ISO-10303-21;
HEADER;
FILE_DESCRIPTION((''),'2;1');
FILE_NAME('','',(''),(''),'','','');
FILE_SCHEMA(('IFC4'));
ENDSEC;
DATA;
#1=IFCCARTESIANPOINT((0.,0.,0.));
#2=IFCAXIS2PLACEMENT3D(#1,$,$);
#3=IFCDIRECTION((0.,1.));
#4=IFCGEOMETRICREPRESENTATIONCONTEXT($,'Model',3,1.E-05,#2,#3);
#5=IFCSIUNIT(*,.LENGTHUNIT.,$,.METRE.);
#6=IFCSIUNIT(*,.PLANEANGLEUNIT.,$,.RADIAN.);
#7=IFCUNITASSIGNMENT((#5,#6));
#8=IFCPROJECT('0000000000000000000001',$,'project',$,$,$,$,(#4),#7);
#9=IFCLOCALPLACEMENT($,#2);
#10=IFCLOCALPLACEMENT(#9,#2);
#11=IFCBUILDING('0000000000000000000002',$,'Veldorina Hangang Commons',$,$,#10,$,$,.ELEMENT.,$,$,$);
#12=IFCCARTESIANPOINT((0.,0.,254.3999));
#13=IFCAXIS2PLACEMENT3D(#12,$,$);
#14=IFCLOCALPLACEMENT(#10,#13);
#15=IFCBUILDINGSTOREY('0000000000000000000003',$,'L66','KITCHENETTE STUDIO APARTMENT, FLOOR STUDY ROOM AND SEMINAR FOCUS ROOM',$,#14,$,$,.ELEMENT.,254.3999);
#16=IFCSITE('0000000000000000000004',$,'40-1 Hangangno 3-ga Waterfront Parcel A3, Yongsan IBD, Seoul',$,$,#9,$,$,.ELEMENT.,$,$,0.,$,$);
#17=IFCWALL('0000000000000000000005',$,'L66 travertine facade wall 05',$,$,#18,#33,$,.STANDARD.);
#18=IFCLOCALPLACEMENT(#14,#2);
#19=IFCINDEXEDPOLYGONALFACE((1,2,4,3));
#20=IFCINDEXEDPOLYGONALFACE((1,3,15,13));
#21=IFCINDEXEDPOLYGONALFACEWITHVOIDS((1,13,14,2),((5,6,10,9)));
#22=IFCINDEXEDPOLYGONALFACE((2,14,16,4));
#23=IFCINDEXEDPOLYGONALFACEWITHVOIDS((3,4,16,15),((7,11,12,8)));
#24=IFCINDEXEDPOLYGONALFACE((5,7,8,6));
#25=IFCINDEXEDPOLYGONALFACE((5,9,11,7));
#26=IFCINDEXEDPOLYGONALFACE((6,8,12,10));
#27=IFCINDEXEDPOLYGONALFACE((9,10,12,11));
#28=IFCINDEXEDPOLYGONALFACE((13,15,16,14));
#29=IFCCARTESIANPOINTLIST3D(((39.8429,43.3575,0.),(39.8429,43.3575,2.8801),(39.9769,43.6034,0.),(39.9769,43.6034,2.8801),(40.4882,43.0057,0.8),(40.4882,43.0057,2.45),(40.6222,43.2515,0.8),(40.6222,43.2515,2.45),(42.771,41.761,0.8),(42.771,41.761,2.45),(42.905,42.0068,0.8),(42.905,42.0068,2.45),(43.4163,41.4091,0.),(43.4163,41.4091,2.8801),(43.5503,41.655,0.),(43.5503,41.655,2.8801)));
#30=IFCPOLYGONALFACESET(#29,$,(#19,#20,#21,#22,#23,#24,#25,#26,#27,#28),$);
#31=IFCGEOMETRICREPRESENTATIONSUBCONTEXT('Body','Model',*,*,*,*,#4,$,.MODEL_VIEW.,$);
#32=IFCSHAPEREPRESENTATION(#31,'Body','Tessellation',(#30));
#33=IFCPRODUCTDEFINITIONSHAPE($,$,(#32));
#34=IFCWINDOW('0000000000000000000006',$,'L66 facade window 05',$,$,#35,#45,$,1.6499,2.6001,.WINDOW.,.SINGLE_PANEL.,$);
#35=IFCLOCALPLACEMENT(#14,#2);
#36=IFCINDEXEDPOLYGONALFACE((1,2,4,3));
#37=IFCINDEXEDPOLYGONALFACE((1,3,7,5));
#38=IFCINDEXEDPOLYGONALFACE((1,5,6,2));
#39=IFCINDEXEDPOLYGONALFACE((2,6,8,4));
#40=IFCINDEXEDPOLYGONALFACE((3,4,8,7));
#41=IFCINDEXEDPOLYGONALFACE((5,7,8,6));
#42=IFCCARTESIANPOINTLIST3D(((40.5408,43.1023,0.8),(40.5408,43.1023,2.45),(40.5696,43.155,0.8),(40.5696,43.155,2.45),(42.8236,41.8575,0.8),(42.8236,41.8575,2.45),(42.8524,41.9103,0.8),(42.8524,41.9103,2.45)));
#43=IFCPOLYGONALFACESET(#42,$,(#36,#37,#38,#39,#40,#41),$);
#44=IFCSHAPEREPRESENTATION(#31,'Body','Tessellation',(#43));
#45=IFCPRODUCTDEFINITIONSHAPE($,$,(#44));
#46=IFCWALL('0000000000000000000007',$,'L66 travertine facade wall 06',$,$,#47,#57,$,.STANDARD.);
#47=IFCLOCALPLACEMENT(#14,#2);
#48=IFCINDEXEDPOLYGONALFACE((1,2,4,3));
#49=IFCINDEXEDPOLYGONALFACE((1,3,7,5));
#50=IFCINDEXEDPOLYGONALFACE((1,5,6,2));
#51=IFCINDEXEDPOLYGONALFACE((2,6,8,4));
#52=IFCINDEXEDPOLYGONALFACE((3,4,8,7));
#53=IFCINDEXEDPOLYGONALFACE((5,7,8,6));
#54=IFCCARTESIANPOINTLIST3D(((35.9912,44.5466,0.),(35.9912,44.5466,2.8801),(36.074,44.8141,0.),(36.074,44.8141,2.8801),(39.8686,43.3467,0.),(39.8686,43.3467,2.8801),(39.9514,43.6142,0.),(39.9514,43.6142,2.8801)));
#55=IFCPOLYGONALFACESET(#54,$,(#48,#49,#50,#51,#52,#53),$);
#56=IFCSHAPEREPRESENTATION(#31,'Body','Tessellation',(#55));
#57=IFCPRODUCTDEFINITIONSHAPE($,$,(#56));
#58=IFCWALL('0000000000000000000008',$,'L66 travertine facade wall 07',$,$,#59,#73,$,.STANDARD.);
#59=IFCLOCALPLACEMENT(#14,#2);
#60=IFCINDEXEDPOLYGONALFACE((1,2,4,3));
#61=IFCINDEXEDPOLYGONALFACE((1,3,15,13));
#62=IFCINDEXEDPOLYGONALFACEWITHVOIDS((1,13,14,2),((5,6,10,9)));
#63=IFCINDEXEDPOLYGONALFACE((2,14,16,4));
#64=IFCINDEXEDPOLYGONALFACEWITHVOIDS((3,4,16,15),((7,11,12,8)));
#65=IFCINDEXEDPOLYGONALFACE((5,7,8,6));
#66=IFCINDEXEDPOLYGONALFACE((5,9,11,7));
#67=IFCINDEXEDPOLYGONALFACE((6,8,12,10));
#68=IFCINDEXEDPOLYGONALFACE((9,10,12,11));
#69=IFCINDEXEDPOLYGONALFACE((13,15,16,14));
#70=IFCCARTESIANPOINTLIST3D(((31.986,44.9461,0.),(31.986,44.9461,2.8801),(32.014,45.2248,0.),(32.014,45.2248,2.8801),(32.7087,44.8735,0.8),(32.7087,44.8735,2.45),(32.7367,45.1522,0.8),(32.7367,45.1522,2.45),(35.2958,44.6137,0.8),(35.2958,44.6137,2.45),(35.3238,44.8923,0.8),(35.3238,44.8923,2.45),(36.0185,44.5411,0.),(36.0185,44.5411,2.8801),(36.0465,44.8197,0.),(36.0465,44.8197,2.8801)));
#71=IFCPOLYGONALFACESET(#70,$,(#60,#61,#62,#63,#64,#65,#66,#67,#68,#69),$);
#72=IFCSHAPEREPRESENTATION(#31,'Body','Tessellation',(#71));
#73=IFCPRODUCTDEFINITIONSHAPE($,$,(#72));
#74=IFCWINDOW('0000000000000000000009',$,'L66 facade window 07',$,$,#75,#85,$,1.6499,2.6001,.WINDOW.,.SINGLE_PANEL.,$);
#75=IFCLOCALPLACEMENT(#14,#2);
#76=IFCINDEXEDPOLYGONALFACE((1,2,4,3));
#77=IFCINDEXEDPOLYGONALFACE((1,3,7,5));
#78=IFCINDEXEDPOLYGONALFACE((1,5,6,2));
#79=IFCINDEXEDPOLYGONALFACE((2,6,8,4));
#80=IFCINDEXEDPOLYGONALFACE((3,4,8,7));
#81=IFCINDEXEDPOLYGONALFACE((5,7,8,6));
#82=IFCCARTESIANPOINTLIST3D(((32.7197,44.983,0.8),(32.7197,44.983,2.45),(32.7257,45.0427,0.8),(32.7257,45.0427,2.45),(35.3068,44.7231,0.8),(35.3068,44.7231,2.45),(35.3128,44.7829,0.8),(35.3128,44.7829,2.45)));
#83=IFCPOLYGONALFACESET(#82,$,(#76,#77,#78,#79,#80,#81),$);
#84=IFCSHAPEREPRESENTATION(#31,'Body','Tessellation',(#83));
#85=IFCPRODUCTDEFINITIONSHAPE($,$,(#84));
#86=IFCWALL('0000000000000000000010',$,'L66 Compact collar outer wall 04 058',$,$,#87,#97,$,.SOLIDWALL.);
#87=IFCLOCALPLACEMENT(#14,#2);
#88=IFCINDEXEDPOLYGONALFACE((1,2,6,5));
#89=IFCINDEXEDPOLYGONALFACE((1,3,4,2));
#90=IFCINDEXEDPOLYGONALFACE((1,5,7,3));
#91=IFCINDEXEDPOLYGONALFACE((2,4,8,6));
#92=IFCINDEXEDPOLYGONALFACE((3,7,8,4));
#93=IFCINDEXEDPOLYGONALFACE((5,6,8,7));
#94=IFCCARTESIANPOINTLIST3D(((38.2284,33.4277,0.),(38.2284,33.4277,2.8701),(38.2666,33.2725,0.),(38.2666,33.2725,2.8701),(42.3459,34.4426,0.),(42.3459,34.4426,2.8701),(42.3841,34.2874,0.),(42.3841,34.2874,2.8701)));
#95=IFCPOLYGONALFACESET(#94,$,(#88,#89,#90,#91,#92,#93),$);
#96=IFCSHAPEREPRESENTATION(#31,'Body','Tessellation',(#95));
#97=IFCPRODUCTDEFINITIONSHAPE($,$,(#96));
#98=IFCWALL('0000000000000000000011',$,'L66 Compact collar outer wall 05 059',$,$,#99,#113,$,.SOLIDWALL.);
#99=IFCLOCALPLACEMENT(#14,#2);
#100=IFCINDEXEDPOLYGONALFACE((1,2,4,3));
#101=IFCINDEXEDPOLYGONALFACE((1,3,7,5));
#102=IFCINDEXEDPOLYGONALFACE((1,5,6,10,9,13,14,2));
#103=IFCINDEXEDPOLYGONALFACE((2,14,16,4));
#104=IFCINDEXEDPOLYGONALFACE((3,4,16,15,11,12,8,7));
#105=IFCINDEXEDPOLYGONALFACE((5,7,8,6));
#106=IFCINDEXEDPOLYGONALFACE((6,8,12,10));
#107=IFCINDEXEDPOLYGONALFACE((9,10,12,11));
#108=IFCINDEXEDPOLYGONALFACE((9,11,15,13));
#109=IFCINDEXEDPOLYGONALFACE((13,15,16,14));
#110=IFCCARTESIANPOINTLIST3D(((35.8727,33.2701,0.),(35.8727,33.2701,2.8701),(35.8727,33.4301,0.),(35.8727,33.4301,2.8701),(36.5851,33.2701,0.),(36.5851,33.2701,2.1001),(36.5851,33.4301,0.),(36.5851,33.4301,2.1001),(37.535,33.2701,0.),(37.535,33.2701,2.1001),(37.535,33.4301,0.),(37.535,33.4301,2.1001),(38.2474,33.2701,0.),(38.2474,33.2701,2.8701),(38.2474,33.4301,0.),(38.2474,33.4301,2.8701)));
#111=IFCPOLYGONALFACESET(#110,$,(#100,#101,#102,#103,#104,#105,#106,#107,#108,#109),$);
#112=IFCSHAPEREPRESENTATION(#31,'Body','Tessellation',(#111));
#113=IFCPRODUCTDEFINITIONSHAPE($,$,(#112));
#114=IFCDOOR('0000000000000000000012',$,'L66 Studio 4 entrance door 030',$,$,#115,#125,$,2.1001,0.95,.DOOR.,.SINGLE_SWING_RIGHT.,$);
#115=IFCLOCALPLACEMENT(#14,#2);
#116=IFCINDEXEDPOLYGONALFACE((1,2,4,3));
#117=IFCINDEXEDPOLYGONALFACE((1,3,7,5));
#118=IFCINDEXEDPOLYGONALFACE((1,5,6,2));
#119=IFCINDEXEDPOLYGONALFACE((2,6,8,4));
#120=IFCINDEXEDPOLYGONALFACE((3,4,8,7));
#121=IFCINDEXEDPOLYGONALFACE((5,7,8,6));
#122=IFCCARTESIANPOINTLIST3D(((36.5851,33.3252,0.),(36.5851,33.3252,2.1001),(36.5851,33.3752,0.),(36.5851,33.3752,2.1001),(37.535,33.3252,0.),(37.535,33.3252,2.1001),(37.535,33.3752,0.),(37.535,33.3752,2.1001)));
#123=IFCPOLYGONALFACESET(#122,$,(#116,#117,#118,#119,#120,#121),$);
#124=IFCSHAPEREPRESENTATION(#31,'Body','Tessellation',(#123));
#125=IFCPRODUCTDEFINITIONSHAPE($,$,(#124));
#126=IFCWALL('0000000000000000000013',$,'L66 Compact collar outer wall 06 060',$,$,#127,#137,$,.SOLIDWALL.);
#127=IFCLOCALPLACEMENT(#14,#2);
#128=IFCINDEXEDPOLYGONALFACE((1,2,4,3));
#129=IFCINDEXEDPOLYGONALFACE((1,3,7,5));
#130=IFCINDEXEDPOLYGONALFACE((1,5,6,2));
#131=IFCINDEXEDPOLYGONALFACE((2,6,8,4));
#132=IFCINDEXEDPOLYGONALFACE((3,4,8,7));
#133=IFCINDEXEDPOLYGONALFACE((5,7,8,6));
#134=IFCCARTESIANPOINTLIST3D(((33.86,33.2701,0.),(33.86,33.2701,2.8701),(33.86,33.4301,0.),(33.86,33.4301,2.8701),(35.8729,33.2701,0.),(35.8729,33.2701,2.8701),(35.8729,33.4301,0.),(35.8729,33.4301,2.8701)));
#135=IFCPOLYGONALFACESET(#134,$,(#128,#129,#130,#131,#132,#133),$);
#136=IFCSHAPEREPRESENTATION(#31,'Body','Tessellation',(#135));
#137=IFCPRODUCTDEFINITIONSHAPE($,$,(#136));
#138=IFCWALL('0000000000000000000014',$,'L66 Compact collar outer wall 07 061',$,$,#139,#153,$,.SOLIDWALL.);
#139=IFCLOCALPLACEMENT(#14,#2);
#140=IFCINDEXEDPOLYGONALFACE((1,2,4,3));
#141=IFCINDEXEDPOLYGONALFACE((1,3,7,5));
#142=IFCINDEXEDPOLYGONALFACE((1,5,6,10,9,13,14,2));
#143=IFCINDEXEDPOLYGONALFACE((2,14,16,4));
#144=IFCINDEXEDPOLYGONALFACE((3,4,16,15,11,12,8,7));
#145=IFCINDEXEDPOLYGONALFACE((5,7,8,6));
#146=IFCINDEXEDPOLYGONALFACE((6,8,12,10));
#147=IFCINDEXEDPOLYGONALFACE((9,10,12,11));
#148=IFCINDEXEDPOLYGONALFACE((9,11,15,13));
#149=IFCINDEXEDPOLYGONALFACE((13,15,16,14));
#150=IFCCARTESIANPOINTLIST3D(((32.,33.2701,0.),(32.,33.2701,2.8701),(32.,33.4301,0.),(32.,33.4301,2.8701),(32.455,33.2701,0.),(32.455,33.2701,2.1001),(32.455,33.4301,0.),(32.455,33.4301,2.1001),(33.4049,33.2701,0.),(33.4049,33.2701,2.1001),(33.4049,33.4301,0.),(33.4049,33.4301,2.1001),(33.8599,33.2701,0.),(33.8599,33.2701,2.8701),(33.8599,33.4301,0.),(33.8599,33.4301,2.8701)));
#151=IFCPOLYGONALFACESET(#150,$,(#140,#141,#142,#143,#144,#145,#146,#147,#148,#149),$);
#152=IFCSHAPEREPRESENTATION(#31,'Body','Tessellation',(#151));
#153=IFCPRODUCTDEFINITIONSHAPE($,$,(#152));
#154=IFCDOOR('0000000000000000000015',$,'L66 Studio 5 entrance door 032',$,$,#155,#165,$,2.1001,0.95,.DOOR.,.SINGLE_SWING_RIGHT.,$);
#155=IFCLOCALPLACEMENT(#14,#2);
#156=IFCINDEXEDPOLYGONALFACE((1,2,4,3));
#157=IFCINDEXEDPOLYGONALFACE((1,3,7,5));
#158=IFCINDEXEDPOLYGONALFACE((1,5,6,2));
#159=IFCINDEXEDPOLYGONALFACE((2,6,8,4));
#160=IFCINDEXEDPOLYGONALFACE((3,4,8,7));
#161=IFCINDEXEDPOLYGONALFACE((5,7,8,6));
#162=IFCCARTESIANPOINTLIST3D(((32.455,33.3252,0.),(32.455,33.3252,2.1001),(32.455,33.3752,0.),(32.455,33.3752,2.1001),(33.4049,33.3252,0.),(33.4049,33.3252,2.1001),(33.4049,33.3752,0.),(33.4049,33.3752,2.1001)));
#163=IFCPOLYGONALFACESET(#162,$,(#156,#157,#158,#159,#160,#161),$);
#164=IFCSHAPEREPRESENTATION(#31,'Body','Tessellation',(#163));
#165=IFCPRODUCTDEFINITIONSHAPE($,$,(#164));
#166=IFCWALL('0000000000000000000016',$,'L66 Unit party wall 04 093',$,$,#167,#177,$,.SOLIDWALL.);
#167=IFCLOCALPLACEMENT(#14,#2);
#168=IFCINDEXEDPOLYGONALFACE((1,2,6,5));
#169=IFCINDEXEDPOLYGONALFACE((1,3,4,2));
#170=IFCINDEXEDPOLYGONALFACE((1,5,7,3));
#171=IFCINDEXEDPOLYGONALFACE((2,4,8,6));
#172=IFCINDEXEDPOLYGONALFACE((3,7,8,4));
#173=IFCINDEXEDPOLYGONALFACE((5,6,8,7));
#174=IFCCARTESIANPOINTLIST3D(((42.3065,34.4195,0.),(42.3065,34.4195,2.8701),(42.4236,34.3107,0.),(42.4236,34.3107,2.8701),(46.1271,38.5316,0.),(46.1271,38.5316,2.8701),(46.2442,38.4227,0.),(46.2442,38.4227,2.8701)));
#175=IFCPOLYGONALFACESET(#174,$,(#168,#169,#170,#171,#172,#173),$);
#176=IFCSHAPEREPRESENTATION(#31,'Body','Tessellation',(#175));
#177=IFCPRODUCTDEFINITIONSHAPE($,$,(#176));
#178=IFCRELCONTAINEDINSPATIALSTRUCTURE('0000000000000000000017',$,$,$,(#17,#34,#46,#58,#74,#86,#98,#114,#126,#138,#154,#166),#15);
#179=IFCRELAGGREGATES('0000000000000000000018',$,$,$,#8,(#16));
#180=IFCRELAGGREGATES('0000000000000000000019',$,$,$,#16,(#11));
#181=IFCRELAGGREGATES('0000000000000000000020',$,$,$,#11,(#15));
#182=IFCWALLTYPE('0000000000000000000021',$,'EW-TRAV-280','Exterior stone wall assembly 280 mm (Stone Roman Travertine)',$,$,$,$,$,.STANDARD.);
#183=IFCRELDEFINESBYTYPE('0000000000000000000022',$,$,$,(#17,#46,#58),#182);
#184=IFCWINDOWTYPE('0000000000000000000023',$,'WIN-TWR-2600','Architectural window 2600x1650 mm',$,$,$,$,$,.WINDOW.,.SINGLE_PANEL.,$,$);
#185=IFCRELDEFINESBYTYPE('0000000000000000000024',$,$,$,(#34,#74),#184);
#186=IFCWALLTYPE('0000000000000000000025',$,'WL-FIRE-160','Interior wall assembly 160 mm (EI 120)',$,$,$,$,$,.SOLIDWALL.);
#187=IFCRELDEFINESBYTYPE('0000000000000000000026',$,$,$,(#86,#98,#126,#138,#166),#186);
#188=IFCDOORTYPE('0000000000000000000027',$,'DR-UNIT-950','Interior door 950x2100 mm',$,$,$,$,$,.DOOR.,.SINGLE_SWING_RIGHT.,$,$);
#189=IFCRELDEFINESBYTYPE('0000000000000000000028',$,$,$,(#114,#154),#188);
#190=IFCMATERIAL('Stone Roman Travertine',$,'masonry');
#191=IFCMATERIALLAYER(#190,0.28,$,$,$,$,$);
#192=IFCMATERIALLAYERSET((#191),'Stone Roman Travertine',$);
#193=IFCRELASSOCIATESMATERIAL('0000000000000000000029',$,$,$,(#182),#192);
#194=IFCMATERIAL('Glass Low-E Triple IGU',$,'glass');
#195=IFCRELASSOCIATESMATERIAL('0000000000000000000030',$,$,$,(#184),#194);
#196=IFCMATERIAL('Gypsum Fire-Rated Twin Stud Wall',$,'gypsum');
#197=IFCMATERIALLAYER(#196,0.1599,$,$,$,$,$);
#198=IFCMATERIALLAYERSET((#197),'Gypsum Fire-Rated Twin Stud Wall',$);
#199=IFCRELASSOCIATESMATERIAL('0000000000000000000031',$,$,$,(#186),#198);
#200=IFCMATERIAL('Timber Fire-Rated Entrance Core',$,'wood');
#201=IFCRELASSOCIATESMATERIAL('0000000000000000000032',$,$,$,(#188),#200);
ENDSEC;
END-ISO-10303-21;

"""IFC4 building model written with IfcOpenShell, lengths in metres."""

from ifc_helpers import new_model, si_unit, direction, frame, frame_2d, origin, place, context, subcontext, project, spatial, rectangle, extrude, material, layer, layer_set, type_object, element, fill, save


model = new_model("IFC4")

# Units and contexts
model_context = context("Model", 3, precision=1e-05, world=origin(), true_north=direction((0.0, 1.0)))
body_context = subcontext(model_context, "Body", "Model", "MODEL_VIEW")
ifc_project = project(units=[si_unit("LENGTHUNIT", "METRE"), si_unit("PLANEANGLEUNIT", "RADIAN")], contexts=[model_context])

# Site, building, storey
site_placement = place(None, origin())
site = spatial("IfcSite", under=ifc_project, at=site_placement, Name="40-1 Hangangno 3-ga Waterfront Parcel A3, Yongsan IBD, Seoul", CompositionType="ELEMENT", RefElevation=0.0)
building_placement = place(site_placement, origin())
building = spatial("IfcBuilding", under=site, at=building_placement, Name="Veldorina Hangang Commons", CompositionType="ELEMENT")
storey_placement = place(building_placement, frame((0.0, 0.0, 254.3999)))
storey = spatial("IfcBuildingStorey", under=building, at=storey_placement, Name="L66", Description="KITCHENETTE STUDIO APARTMENT, FLOOR STUDY ROOM AND SEMINAR FOCUS ROOM", CompositionType="ELEMENT", Elevation=254.3999)

# Wall, opening, window
ifc_material_1 = material(Name="Stone Roman Travertine", Category="masonry")
ifc_layer_1 = layer(ifc_material_1, 0.28)
ifc_layer_set_1 = layer_set([ifc_layer_1], Name="Stone Roman Travertine")
wall_type_1 = type_object("IfcWallType", Name="EW-TRAV-280", Description="Exterior stone wall assembly 280 mm (Stone Roman Travertine)", PredefinedType="STANDARD", material=ifc_layer_set_1)
wall_1_placement = place(storey_placement, frame((43.4834, 41.532, 0.0), z_axis=(0.0, 0.0, 1.0), x_axis=(-0.877967, 0.478722, 0.0)))
wall_1 = element("IfcWall", 1, at=wall_1_placement, inside=storey, type_object=wall_type_1, Name="L66 travertine facade wall 05", PredefinedType="STANDARD", context=body_context, shape_type="SweptSolid", body=[
    extrude(rectangle(XDim=4.0701, YDim=0.28, at=frame_2d((2.0352, 0.0))), origin(), (0.0, 0.0, 1.0), 2.8801),
])
opening_1_placement = place(wall_1_placement, frame((0.7351, 0.0, 0.8)))
opening_1 = element("IfcOpeningElement", 2, at=opening_1_placement, cuts=wall_1, PredefinedType="OPENING", context=body_context, shape_type="SweptSolid", body=[
    extrude(rectangle(XDim=2.6001, YDim=1.6499, at=frame_2d((1.3, 0.825))), frame((0.0, 0.1499, 0.0), z_axis=(0.0, -1.0, 0.0), x_axis=(1.0, 0.0, 0.0)), (0.0, 0.0, 1.0), 0.3),
])
ifc_material_2 = material(Name="Glass Low-E Triple IGU", Category="glass")
window_type = type_object("IfcWindowType", Name="WIN-TWR-2600", Description="Architectural window 2600x1650 mm", PartitioningType="SINGLE_PANEL", PredefinedType="WINDOW", material=ifc_material_2)
window_1_placement = place(opening_1_placement, origin())
window_1 = element("IfcWindow", 3, at=window_1_placement, inside=storey, type_object=window_type, Name="L66 facade window 05", OverallHeight=1.6499, OverallWidth=2.6001, PartitioningType="SINGLE_PANEL", PredefinedType="WINDOW", context=body_context, shape_type="SweptSolid", body=[
    extrude(rectangle(XDim=2.6001, YDim=1.6499, at=frame_2d((1.3, 0.825))), frame((0.0, 0.03, 0.0), z_axis=(0.0, -1.0, 0.0), x_axis=(1.0, 0.0, 0.0)), (0.0, 0.0, 1.0), 0.0601),
])
fill(opening_1, window_1)

# Wall
wall_2_placement = place(storey_placement, frame((39.9099, 43.4805, 0.0), z_axis=(0.0, 0.0, 1.0), x_axis=(-0.9553, 0.295637, 0.0)))
element("IfcWall", 4, at=wall_2_placement, inside=storey, type_object=wall_type_1, Name="L66 travertine facade wall 06", PredefinedType="STANDARD", context=body_context, shape_type="SweptSolid", body=[
    extrude(rectangle(XDim=4.0588, YDim=0.28, at=frame_2d((2.0293, 0.0))), origin(), (0.0, 0.0, 1.0), 2.8801),
])

# Wall, opening, window
wall_3_placement = place(storey_placement, frame((36.0325, 44.6804, 0.0), z_axis=(0.0, 0.0, 1.0), x_axis=(-0.994994, 0.099939, 0.0)))
wall_3 = element("IfcWall", 5, at=wall_3_placement, inside=storey, type_object=wall_type_1, Name="L66 travertine facade wall 07", PredefinedType="STANDARD", context=body_context, shape_type="SweptSolid", body=[
    extrude(rectangle(XDim=4.0527, YDim=0.28, at=frame_2d((2.0264, 0.0))), origin(), (0.0, 0.0, 1.0), 2.8801),
])
opening_2_placement = place(wall_3_placement, frame((0.7263, 0.0, 0.8)))
opening_2 = element("IfcOpeningElement", 6, at=opening_2_placement, cuts=wall_3, PredefinedType="OPENING", context=body_context, shape_type="SweptSolid", body=[
    extrude(rectangle(XDim=2.6001, YDim=1.6499, at=frame_2d((1.3, 0.825))), frame((0.0, 0.1499, 0.0), z_axis=(0.0, -1.0, 0.0), x_axis=(1.0, 0.0, 0.0)), (0.0, 0.0, 1.0), 0.3),
])
window_2_placement = place(opening_2_placement, origin())
window_2 = element("IfcWindow", 7, at=window_2_placement, inside=storey, type_object=window_type, Name="L66 facade window 07", OverallHeight=1.6499, OverallWidth=2.6001, PartitioningType="SINGLE_PANEL", PredefinedType="WINDOW", context=body_context, shape_type="SweptSolid", body=[
    extrude(rectangle(XDim=2.6001, YDim=1.6499, at=frame_2d((1.3, 0.825))), frame((0.0, 0.03, 0.0), z_axis=(0.0, -1.0, 0.0), x_axis=(1.0, 0.0, 0.0)), (0.0, 0.0, 1.0), 0.0601),
])
fill(opening_2, window_2)

# Wall
ifc_material_3 = material(Name="Gypsum Fire-Rated Twin Stud Wall", Category="gypsum")
ifc_layer_2 = layer(ifc_material_3, 0.1599)
ifc_layer_set_2 = layer_set([ifc_layer_2], Name="Gypsum Fire-Rated Twin Stud Wall")
wall_type_2 = type_object("IfcWallType", Name="WL-FIRE-160", Description="Interior wall assembly 160 mm (EI 120)", PredefinedType="SOLIDWALL", material=ifc_layer_set_2)
wall_4_placement = place(storey_placement, frame((42.365, 34.365, 0.0), z_axis=(0.0, 0.0, 1.0), x_axis=(-0.97094, -0.239324, 0.0)))
element("IfcWall", 8, at=wall_4_placement, inside=storey, type_object=wall_type_2, Name="L66 Compact collar outer wall 04 058", PredefinedType="SOLIDWALL", context=body_context, shape_type="SweptSolid", body=[
    extrude(rectangle(XDim=4.2407, YDim=0.1599, at=frame_2d((2.1204, 0.0))), origin(), (0.0, 0.0, 1.0), 2.8701),
])

# Wall, opening, door
wall_5_placement = place(storey_placement, frame((38.2476, 33.3501, 0.0), z_axis=(0.0, 0.0, 1.0), x_axis=(-1.0, 0.0, 0.0)))
wall_5 = element("IfcWall", 9, at=wall_5_placement, inside=storey, type_object=wall_type_2, Name="L66 Compact collar outer wall 05 059", PredefinedType="SOLIDWALL", context=body_context, shape_type="SweptSolid", body=[
    extrude(rectangle(XDim=2.3748, YDim=0.1599, at=frame_2d((1.1875, 0.0))), origin(), (0.0, 0.0, 1.0), 2.8701),
])
opening_3_placement = place(wall_5_placement, frame((0.7124, 0.0, 0.0)))
opening_3 = element("IfcOpeningElement", 10, at=opening_3_placement, cuts=wall_5, PredefinedType="OPENING", context=body_context, shape_type="SweptSolid", body=[
    extrude(rectangle(XDim=0.95, YDim=2.1001, at=frame_2d((0.4751, 1.05))), frame((0.0, 0.0898, 0.0), z_axis=(0.0, -1.0, 0.0), x_axis=(1.0, 0.0, 0.0)), (0.0, 0.0, 1.0), 0.1799),
])
ifc_material_4 = material(Name="Timber Fire-Rated Entrance Core", Category="wood")
door_type_1 = type_object("IfcDoorType", Name="DR-UNIT-950", Description="Interior door 950x2100 mm", OperationType="SINGLE_SWING_RIGHT", PredefinedType="DOOR", material=ifc_material_4)
door_1_placement = place(opening_3_placement, origin())
door_1 = element("IfcDoor", 11, at=door_1_placement, inside=storey, type_object=door_type_1, Name="L66 Studio 4 entrance door 030", OperationType="SINGLE_SWING_RIGHT", OverallHeight=2.1001, OverallWidth=0.95, PredefinedType="DOOR", context=body_context, shape_type="SweptSolid", body=[
    extrude(rectangle(XDim=0.95, YDim=2.1001, at=frame_2d((0.4751, 1.05))), frame((0.0, 0.0249, 0.0), z_axis=(0.0, -1.0, 0.0), x_axis=(1.0, 0.0, 0.0)), (0.0, 0.0, 1.0), 0.05),
])
fill(opening_3, door_1)

# Wall
wall_6_placement = place(storey_placement, frame((35.8728, 33.3501, 0.0), z_axis=(0.0, 0.0, 1.0), x_axis=(-1.0, 0.0, 0.0)))
element("IfcWall", 12, at=wall_6_placement, inside=storey, type_object=wall_type_2, Name="L66 Compact collar outer wall 06 060", PredefinedType="SOLIDWALL", context=body_context, shape_type="SweptSolid", body=[
    extrude(rectangle(XDim=2.0129, YDim=0.1599, at=frame_2d((1.0063, 0.0))), origin(), (0.0, 0.0, 1.0), 2.8701),
])

# Wall, opening, door
wall_7_placement = place(storey_placement, frame((33.8599, 33.3501, 0.0), z_axis=(0.0, 0.0, 1.0), x_axis=(-1.0, 0.0, 0.0)))
wall_7 = element("IfcWall", 13, at=wall_7_placement, inside=storey, type_object=wall_type_2, Name="L66 Compact collar outer wall 07 061", PredefinedType="SOLIDWALL", context=body_context, shape_type="SweptSolid", body=[
    extrude(rectangle(XDim=1.8599, YDim=0.1599, at=frame_2d((0.9299, 0.0))), origin(), (0.0, 0.0, 1.0), 2.8701),
])
opening_4_placement = place(wall_7_placement, frame((0.4548, 0.0, 0.0)))
opening_4 = element("IfcOpeningElement", 14, at=opening_4_placement, cuts=wall_7, PredefinedType="OPENING", context=body_context, shape_type="SweptSolid", body=[
    extrude(rectangle(XDim=0.95, YDim=2.1001, at=frame_2d((0.4751, 1.05))), frame((0.0, 0.0898, 0.0), z_axis=(0.0, -1.0, 0.0), x_axis=(1.0, 0.0, 0.0)), (0.0, 0.0, 1.0), 0.1799),
])
door_2_placement = place(opening_4_placement, origin())
door_2 = element("IfcDoor", 15, at=door_2_placement, inside=storey, type_object=door_type_1, Name="L66 Studio 5 entrance door 032", OperationType="SINGLE_SWING_RIGHT", OverallHeight=2.1001, OverallWidth=0.95, PredefinedType="DOOR", context=body_context, shape_type="SweptSolid", body=[
    extrude(rectangle(XDim=0.95, YDim=2.1001, at=frame_2d((0.4751, 1.05))), frame((0.0, 0.0249, 0.0), z_axis=(0.0, -1.0, 0.0), x_axis=(1.0, 0.0, 0.0)), (0.0, 0.0, 1.0), 0.05),
])
fill(opening_4, door_2)

# Wall
wall_8_placement = place(storey_placement, frame((42.365, 34.365, 0.0), z_axis=(0.0, 0.0, 1.0), x_axis=(0.680663, 0.732597, 0.0)))
element("IfcWall", 16, at=wall_8_placement, inside=storey, type_object=wall_type_2, Name="L66 Unit party wall 04 093", PredefinedType="SOLIDWALL", context=body_context, shape_type="SweptSolid", body=[
    extrude(rectangle(XDim=5.613, YDim=0.1599, at=frame_2d((2.8066, 0.0))), origin(), (0.0, 0.0, 1.0), 2.8701),
])

save(model, "model.ifc")
